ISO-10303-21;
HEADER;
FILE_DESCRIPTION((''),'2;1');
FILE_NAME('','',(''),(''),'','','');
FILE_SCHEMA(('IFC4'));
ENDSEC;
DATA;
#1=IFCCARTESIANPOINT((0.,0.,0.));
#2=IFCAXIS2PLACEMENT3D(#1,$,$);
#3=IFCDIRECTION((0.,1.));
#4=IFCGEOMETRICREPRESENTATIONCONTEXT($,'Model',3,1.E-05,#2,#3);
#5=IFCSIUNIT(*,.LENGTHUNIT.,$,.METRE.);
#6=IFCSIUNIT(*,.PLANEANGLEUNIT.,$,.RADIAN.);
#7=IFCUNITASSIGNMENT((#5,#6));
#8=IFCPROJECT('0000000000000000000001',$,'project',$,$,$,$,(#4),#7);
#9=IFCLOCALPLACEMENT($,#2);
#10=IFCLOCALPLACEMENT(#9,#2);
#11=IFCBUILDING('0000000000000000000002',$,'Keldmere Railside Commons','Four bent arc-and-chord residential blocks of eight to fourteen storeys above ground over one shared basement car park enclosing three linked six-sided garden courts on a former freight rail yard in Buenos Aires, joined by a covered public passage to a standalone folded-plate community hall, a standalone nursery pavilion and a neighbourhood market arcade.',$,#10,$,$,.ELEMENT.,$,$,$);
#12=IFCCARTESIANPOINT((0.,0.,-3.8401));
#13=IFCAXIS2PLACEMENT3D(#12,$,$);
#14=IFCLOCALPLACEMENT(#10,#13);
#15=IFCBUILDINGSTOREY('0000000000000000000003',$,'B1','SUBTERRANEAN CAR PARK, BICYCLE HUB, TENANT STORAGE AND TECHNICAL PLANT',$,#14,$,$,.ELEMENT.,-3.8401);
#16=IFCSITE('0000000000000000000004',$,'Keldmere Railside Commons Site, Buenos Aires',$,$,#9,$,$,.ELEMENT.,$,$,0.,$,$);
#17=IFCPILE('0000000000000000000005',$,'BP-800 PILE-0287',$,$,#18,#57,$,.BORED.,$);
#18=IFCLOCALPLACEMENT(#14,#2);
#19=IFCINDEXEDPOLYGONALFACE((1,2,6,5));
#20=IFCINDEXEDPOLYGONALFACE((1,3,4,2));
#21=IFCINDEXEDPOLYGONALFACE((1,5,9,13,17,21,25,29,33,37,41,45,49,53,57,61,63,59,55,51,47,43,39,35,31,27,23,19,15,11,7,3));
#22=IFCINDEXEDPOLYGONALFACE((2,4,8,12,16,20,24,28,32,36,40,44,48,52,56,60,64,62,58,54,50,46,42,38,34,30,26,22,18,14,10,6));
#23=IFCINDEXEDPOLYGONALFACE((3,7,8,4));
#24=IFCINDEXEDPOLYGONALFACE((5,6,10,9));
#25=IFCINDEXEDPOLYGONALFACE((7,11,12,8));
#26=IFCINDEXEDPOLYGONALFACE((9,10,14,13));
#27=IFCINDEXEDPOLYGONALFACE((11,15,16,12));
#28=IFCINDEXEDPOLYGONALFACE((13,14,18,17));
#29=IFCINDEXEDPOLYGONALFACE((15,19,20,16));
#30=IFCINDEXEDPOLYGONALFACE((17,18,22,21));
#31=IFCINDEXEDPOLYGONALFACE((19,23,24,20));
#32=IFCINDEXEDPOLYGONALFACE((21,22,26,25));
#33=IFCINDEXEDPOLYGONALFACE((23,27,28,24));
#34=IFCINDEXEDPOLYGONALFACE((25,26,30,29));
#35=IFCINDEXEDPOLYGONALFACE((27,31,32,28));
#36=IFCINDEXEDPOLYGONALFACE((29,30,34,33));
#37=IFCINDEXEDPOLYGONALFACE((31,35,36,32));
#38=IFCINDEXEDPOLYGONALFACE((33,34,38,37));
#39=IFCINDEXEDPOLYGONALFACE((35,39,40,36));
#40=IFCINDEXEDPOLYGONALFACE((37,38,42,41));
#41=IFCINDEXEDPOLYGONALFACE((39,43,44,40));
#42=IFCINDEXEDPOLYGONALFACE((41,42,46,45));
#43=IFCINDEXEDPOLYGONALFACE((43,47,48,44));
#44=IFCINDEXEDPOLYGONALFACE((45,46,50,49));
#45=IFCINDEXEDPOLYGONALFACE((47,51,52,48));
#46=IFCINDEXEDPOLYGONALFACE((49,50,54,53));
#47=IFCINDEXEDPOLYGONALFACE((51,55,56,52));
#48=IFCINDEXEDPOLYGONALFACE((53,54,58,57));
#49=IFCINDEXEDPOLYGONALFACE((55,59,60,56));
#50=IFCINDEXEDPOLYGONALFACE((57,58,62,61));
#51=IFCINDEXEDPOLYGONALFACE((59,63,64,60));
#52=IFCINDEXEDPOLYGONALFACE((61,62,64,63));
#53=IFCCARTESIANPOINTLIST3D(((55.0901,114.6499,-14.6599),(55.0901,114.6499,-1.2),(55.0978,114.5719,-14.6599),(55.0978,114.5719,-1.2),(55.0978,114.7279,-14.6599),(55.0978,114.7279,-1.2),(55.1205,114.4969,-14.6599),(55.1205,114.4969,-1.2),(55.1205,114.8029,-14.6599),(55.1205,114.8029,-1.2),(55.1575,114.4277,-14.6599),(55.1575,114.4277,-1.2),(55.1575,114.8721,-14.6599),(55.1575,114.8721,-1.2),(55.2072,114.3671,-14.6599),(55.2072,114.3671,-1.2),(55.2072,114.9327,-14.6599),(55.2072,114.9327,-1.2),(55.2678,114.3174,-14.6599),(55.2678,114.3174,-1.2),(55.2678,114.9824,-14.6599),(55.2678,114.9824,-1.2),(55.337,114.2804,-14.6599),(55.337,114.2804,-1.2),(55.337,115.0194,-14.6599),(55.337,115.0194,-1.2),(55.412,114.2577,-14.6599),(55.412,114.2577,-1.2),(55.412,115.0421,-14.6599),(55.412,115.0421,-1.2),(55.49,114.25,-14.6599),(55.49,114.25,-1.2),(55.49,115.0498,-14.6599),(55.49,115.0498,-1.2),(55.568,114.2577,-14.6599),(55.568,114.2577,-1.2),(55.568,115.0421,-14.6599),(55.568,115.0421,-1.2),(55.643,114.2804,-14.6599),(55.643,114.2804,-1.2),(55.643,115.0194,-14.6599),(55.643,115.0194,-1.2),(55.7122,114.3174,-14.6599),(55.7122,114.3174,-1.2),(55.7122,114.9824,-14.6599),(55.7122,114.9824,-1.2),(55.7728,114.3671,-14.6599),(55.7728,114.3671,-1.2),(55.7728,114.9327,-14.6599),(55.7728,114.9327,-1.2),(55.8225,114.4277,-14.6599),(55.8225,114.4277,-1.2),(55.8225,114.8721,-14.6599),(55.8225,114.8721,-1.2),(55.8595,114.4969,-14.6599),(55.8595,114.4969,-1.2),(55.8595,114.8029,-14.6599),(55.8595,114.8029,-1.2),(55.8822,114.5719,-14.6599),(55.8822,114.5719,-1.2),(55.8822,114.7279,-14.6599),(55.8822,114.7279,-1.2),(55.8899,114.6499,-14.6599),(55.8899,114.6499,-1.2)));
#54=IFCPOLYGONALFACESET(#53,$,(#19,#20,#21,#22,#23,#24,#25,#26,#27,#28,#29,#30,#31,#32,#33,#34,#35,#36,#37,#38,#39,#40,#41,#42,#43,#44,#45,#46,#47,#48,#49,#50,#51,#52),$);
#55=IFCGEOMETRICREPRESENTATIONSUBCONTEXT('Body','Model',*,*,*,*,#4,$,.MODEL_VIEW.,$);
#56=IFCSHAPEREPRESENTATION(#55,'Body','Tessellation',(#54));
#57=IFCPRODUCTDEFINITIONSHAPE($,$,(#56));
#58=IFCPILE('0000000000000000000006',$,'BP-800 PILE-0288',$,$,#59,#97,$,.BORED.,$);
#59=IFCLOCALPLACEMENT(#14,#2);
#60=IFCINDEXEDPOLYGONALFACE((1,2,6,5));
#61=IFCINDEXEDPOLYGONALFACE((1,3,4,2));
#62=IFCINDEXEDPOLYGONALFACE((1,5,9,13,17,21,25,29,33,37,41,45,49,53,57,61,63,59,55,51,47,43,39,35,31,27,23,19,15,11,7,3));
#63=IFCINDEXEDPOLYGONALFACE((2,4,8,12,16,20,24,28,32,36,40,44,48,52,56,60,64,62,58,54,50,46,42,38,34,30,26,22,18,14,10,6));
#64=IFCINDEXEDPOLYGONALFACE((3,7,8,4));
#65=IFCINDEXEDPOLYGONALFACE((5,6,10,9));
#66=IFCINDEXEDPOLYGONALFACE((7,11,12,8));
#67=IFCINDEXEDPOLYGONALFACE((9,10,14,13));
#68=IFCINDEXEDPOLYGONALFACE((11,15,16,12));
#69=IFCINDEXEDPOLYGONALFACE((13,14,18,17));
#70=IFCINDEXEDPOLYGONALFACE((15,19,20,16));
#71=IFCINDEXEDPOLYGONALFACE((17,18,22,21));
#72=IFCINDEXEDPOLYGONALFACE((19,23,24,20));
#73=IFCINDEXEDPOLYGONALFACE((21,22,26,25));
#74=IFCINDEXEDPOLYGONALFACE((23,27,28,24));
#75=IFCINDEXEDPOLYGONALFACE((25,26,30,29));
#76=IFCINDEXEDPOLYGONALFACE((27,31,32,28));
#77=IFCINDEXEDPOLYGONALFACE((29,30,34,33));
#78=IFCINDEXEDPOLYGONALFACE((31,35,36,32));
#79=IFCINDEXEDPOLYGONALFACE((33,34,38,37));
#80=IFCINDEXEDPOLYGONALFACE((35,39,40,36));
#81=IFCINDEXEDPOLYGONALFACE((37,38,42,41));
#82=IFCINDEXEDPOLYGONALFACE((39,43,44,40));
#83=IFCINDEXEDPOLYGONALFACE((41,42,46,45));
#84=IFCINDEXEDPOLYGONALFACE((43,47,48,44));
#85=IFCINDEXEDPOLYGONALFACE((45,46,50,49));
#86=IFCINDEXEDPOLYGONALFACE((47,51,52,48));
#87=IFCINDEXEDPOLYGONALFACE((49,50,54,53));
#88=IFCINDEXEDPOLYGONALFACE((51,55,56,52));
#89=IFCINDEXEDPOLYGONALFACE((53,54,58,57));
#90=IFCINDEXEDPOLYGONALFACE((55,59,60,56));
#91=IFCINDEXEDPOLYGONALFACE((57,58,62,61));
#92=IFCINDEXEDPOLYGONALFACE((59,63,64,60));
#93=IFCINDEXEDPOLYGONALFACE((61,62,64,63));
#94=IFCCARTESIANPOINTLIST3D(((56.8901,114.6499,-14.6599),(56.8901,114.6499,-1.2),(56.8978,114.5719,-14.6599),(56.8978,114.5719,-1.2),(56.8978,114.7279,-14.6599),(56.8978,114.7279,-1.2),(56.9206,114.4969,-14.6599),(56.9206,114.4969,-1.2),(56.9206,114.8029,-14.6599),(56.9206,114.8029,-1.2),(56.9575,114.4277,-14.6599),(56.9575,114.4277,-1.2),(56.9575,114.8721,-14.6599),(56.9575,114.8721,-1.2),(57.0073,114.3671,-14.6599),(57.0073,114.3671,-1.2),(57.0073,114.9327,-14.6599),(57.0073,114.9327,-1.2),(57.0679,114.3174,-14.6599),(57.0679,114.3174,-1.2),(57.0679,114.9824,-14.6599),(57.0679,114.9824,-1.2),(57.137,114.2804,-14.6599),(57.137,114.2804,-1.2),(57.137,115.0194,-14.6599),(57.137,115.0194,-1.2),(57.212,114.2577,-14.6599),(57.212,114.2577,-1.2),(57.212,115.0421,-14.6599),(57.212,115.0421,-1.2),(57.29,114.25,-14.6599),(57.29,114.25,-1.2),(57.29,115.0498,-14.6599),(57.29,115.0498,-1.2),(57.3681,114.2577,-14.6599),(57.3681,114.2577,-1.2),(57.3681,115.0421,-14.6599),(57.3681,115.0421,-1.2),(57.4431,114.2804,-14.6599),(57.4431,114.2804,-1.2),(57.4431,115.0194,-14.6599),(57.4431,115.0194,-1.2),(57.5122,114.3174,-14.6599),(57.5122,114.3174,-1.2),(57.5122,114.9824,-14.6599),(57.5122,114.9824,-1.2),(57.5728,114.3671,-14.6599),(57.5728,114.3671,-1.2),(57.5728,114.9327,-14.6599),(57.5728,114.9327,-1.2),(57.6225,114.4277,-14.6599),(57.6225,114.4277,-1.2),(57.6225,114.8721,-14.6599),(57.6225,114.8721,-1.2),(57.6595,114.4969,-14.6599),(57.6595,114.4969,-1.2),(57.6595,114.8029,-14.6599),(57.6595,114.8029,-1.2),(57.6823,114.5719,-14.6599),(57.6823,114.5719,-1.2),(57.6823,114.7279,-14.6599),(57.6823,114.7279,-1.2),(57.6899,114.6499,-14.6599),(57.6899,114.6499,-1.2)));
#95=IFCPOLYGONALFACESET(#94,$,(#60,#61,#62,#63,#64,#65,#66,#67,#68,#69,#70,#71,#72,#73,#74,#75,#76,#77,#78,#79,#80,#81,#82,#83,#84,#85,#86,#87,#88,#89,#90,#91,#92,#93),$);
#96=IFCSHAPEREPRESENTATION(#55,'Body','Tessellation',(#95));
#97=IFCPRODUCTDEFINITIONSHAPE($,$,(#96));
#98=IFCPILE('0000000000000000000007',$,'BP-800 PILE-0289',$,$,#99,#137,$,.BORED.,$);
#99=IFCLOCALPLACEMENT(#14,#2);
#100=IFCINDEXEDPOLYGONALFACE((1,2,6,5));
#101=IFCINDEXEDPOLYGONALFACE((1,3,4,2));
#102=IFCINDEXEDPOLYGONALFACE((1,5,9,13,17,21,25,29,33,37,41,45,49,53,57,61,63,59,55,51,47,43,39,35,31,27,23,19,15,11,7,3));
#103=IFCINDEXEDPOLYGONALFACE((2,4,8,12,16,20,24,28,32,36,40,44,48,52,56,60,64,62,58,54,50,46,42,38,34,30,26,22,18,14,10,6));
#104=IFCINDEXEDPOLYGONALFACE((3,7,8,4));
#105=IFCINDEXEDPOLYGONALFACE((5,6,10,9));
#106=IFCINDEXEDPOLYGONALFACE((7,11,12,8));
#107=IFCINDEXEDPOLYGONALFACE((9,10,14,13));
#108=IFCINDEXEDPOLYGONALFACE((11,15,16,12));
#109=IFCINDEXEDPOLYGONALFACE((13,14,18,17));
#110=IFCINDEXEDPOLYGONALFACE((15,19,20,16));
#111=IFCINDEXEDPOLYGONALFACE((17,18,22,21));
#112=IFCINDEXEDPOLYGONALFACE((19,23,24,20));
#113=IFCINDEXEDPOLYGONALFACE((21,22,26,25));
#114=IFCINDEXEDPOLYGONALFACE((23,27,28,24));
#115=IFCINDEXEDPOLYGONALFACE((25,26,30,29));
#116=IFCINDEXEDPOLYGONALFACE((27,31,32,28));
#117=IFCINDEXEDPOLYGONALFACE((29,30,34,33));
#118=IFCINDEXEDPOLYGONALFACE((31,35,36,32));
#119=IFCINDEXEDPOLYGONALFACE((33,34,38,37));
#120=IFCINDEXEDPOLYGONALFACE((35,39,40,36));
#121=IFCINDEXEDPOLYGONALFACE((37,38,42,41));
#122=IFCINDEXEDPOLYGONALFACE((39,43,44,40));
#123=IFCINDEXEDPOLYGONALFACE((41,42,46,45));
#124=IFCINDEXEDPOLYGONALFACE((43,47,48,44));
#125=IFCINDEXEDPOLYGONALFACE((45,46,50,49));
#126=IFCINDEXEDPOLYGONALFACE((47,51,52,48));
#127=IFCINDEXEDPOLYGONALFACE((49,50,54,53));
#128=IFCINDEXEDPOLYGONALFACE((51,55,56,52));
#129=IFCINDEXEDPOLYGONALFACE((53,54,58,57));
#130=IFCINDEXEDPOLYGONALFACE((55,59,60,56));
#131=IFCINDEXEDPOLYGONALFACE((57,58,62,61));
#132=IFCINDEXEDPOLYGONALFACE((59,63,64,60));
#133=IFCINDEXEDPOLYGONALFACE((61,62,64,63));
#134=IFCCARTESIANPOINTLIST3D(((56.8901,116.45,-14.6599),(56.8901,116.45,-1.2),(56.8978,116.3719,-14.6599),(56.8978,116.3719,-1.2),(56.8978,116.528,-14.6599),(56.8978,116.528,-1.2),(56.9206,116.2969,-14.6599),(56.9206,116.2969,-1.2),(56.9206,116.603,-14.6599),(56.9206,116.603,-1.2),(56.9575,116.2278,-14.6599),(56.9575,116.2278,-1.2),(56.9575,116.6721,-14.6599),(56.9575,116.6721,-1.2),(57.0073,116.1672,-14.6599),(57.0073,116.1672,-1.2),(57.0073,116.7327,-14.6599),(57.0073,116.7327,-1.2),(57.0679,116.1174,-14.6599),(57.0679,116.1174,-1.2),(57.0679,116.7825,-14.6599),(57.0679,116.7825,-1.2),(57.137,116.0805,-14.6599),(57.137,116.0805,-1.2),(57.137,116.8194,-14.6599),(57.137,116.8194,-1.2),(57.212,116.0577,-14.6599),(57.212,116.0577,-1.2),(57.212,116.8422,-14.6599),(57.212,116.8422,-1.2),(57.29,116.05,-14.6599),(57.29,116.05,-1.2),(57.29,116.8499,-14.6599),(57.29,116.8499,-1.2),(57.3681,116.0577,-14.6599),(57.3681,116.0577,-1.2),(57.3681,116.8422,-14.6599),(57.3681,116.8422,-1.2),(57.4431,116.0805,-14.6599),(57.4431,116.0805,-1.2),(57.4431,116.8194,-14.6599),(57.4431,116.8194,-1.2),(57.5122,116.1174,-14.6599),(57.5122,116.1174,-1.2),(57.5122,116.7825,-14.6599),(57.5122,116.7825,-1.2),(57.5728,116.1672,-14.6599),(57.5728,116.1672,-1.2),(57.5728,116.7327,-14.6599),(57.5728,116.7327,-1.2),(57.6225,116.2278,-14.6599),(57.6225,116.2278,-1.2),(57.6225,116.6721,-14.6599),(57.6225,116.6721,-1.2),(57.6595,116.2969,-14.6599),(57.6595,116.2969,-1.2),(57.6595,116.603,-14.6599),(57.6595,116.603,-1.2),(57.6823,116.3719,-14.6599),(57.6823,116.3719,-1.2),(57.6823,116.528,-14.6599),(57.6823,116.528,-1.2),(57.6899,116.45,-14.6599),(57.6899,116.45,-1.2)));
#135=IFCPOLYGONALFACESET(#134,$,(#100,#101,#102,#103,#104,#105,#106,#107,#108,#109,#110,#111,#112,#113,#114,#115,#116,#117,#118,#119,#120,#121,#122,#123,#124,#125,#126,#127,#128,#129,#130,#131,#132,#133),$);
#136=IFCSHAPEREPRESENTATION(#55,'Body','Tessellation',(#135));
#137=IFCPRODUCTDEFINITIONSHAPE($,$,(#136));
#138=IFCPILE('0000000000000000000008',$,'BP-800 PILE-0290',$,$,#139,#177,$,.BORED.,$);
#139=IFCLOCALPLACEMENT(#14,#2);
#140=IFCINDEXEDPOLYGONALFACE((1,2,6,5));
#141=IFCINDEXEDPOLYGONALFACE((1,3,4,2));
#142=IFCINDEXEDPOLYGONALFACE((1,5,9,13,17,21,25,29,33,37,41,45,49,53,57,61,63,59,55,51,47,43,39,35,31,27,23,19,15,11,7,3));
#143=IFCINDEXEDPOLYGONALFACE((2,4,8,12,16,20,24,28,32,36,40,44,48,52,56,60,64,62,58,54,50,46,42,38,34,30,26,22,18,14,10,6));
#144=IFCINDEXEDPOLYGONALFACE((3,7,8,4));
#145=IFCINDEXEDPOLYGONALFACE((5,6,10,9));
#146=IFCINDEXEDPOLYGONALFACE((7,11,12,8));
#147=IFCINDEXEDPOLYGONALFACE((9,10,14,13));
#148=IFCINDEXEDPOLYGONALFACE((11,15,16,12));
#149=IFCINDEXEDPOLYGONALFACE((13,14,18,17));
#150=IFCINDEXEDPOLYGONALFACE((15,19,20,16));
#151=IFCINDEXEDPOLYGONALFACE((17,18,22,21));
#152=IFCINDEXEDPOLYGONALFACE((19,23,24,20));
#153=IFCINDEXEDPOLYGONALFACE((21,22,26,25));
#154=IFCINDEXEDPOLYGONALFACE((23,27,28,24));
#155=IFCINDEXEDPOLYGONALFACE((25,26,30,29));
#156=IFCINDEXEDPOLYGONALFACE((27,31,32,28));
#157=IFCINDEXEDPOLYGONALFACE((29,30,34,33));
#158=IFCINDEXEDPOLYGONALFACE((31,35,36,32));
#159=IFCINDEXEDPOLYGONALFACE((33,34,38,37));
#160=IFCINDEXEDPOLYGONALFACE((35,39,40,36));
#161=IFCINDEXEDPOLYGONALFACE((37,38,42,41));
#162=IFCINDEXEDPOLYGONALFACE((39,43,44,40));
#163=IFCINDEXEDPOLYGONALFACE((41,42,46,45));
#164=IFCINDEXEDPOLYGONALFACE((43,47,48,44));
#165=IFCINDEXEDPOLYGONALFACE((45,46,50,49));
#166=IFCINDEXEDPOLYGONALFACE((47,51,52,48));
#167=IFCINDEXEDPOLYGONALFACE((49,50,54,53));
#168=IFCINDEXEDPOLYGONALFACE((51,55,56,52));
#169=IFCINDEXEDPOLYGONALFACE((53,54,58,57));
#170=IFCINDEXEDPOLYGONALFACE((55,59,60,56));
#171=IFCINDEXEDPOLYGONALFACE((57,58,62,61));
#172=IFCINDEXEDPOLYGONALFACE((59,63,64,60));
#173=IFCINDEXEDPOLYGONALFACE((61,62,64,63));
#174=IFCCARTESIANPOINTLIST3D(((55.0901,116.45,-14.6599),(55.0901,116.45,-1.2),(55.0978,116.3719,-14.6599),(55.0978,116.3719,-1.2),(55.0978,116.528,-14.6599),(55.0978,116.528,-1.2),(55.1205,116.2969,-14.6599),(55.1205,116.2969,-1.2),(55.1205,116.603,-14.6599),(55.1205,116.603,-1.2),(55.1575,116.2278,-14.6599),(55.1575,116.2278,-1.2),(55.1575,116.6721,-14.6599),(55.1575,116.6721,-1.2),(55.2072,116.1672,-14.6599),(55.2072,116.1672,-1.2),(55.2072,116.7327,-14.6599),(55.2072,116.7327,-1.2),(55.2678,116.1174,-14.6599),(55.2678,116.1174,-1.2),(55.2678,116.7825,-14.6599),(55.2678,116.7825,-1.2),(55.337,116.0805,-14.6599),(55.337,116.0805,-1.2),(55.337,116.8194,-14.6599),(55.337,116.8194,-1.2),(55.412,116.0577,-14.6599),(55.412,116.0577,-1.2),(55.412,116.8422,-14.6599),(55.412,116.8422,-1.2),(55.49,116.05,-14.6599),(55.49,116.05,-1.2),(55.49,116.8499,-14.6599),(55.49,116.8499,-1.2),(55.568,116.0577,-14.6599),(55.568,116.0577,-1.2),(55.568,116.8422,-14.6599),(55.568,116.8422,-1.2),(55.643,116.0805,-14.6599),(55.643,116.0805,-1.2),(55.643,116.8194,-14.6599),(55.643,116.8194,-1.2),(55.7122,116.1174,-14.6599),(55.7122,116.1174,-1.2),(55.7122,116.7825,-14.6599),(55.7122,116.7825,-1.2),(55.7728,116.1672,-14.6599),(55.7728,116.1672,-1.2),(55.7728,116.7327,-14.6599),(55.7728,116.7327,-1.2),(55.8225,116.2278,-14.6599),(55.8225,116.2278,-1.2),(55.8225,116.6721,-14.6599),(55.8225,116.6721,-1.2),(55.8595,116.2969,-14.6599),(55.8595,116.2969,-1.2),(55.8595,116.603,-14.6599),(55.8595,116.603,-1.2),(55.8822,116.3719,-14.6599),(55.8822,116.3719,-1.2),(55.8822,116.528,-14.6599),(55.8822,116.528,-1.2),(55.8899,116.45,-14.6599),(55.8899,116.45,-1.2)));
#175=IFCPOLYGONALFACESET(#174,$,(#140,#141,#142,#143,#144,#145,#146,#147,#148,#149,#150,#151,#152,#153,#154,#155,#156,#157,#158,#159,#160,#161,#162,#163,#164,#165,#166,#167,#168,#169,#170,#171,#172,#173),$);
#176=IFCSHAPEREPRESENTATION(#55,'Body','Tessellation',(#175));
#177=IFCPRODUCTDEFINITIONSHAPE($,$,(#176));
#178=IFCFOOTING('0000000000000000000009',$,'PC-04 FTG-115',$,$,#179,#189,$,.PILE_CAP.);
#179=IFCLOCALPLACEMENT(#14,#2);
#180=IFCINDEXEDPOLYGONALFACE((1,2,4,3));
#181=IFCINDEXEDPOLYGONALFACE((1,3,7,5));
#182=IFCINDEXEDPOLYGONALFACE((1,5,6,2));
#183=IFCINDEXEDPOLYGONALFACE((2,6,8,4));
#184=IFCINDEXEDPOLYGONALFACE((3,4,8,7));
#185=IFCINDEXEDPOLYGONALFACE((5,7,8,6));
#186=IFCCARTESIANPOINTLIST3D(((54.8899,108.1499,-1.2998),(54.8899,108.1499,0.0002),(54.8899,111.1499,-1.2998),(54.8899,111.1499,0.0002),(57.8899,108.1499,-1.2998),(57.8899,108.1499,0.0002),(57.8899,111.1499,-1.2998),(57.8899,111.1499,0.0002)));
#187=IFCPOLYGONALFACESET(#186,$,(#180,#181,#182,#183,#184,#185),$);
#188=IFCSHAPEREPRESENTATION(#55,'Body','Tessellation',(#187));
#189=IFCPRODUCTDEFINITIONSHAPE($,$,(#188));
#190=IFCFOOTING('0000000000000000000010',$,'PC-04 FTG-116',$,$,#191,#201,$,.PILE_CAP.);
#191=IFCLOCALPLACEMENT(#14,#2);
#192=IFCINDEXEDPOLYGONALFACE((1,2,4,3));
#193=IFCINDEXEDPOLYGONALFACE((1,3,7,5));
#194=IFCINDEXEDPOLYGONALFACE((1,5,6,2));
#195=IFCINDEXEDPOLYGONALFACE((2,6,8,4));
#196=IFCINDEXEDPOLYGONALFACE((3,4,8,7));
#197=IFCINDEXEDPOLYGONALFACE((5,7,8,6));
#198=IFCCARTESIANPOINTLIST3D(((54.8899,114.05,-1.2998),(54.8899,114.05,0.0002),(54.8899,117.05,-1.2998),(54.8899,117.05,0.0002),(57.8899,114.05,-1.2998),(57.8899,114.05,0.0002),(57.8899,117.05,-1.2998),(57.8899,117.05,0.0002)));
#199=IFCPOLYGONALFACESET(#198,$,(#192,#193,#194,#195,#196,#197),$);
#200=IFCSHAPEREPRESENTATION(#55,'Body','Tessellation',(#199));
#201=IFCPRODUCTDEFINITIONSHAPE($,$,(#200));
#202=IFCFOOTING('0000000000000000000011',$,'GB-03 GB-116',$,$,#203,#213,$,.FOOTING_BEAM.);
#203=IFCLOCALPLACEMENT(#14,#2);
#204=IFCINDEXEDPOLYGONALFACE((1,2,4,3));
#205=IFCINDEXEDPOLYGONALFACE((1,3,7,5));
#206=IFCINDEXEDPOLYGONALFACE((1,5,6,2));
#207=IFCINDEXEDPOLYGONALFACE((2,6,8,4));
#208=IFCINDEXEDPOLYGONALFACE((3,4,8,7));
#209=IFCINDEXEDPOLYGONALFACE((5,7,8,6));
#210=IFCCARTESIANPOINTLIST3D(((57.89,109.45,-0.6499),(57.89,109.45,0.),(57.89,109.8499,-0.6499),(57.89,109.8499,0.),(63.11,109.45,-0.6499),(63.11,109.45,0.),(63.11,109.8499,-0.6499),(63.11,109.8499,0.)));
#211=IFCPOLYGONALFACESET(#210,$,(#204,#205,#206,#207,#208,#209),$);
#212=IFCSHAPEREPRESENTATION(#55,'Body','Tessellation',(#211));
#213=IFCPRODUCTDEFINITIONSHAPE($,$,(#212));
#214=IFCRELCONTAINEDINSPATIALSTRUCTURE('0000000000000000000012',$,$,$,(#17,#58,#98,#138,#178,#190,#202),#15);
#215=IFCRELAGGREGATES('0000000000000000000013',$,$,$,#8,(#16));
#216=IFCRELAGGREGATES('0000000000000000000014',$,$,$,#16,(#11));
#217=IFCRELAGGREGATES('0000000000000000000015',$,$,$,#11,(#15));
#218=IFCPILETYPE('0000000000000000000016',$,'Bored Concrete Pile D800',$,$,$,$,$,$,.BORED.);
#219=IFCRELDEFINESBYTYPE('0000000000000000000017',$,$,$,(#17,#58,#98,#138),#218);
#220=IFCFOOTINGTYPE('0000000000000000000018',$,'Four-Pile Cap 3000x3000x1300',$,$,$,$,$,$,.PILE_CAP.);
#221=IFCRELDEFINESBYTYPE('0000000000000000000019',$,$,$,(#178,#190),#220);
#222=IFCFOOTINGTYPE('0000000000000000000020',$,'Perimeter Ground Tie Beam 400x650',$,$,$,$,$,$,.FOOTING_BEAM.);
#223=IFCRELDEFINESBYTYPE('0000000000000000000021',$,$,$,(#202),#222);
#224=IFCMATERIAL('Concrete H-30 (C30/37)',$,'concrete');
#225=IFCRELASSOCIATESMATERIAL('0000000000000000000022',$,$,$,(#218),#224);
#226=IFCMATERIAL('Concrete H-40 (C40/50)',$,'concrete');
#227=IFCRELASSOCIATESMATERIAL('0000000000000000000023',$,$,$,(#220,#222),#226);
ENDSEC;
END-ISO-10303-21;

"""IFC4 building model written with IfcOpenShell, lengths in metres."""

from ifc_helpers import new_model, si_unit, direction, frame, origin, origin_2d, place, context, subcontext, project, spatial, rectangle, circle, extrude, material, material_profile, profile_set, type_object, element, save


model = new_model("IFC4")

# Units and contexts
model_context = context("Model", 3, precision=1e-05, world=origin(), true_north=direction((0.0, 1.0)))
body_context = subcontext(model_context, "Body", "Model", "MODEL_VIEW")
ifc_project = project(units=[si_unit("LENGTHUNIT", "METRE"), si_unit("PLANEANGLEUNIT", "RADIAN")], contexts=[model_context])

# Site, building, storey
site_placement = place(None, origin())
site = spatial("IfcSite", under=ifc_project, at=site_placement, Name="Keldmere Railside Commons Site, Buenos Aires", CompositionType="ELEMENT", RefElevation=0.0)
building_placement = place(site_placement, origin())
building = spatial("IfcBuilding", under=site, at=building_placement, Name="Keldmere Railside Commons", Description="Four bent arc-and-chord residential blocks of eight to fourteen storeys above ground over one shared basement car park enclosing three linked six-sided garden courts on a former freight rail yard in Buenos Aires, joined by a covered public passage to a standalone folded-plate community hall, a standalone nursery pavilion and a neighbourhood market arcade.", CompositionType="ELEMENT")
storey_placement = place(building_placement, frame((0.0, 0.0, -3.8401)))
storey = spatial("IfcBuildingStorey", under=building, at=storey_placement, Name="B1", Description="SUBTERRANEAN CAR PARK, BICYCLE HUB, TENANT STORAGE AND TECHNICAL PLANT", CompositionType="ELEMENT", Elevation=-3.8401)

# Piles
ifc_material_1 = material(Name="Concrete H-30 (C30/37)", Category="concrete")
ifc_material_profile_1 = material_profile(ifc_material_1, circle(Radius=0.3999, at=origin_2d()), Name="PILE-D800")
ifc_profile_set_1 = profile_set([ifc_material_profile_1], Name="Concrete H-30 (C30/37)")
pile_type = type_object("IfcPileType", Name="Bored Concrete Pile D800", PredefinedType="BORED", material=ifc_profile_set_1)
for number, where, z_axis, x_axis, name in (
    (1, (55.49, 114.6499, -1.2), (0.0, 0.0, -1.0), (1.0, 0.0, 0.0), "BP-800 PILE-0287"),
    (2, (57.29, 114.6499, -1.2), (0.0, 0.0, -1.0), (1.0, 0.0, 0.0), "BP-800 PILE-0288"),
    (3, (57.29, 116.45, -1.2), (0.0, 0.0, -1.0), (1.0, 0.0, 0.0), "BP-800 PILE-0289"),
    (4, (55.49, 116.45, -1.2), (0.0, 0.0, -1.0), (1.0, 0.0, 0.0), "BP-800 PILE-0290"),
):
    element("IfcPile", number, at=place(storey_placement, frame(where, z_axis=z_axis, x_axis=x_axis)), inside=storey, type_object=pile_type, Name=name, PredefinedType="BORED", context=body_context, shape_type="SweptSolid", body=[
        extrude(circle(Radius=0.3999, at=origin_2d()), origin(), (0.0, 0.0, 1.0), 13.46),
    ])

# Footings
ifc_material_2 = material(Name="Concrete H-40 (C40/50)", Category="concrete")
footing_type_1 = type_object("IfcFootingType", Name="Four-Pile Cap 3000x3000x1300", PredefinedType="PILE_CAP", material=ifc_material_2)
for number, where, z_axis, x_axis, name in (
    (5, (56.3899, 109.6499, -1.2998), (0.0, 0.0, 1.0), (1.0, 0.0, 0.0), "PC-04 FTG-115"),
    (6, (56.3899, 115.55, -1.2998), (0.0, 0.0, 1.0), (1.0, 0.0, 0.0), "PC-04 FTG-116"),
):
    element("IfcFooting", number, at=place(storey_placement, frame(where, z_axis=z_axis, x_axis=x_axis)), inside=storey, type_object=footing_type_1, Name=name, PredefinedType="PILE_CAP", context=body_context, shape_type="SweptSolid", body=[
        extrude(rectangle(XDim=3.0, YDim=3.0, at=origin_2d()), origin(), (0.0, 0.0, 1.0), 1.3),
    ])
footing_type_2 = type_object("IfcFootingType", Name="Perimeter Ground Tie Beam 400x650", PredefinedType="FOOTING_BEAM", material=ifc_material_2)
footing_1_placement = place(storey_placement, frame((60.5, 109.6499, -0.6499), z_axis=(0.0, 0.0, 1.0), x_axis=(1.0, 0.0, 0.0)))
element("IfcFooting", 7, at=footing_1_placement, inside=storey, type_object=footing_type_2, Name="GB-03 GB-116", PredefinedType="FOOTING_BEAM", context=body_context, shape_type="SweptSolid", body=[
    extrude(rectangle(XDim=5.22, YDim=0.3999, at=origin_2d()), origin(), (0.0, 0.0, 1.0), 0.6499),
])

save(model, "model.ifc")
